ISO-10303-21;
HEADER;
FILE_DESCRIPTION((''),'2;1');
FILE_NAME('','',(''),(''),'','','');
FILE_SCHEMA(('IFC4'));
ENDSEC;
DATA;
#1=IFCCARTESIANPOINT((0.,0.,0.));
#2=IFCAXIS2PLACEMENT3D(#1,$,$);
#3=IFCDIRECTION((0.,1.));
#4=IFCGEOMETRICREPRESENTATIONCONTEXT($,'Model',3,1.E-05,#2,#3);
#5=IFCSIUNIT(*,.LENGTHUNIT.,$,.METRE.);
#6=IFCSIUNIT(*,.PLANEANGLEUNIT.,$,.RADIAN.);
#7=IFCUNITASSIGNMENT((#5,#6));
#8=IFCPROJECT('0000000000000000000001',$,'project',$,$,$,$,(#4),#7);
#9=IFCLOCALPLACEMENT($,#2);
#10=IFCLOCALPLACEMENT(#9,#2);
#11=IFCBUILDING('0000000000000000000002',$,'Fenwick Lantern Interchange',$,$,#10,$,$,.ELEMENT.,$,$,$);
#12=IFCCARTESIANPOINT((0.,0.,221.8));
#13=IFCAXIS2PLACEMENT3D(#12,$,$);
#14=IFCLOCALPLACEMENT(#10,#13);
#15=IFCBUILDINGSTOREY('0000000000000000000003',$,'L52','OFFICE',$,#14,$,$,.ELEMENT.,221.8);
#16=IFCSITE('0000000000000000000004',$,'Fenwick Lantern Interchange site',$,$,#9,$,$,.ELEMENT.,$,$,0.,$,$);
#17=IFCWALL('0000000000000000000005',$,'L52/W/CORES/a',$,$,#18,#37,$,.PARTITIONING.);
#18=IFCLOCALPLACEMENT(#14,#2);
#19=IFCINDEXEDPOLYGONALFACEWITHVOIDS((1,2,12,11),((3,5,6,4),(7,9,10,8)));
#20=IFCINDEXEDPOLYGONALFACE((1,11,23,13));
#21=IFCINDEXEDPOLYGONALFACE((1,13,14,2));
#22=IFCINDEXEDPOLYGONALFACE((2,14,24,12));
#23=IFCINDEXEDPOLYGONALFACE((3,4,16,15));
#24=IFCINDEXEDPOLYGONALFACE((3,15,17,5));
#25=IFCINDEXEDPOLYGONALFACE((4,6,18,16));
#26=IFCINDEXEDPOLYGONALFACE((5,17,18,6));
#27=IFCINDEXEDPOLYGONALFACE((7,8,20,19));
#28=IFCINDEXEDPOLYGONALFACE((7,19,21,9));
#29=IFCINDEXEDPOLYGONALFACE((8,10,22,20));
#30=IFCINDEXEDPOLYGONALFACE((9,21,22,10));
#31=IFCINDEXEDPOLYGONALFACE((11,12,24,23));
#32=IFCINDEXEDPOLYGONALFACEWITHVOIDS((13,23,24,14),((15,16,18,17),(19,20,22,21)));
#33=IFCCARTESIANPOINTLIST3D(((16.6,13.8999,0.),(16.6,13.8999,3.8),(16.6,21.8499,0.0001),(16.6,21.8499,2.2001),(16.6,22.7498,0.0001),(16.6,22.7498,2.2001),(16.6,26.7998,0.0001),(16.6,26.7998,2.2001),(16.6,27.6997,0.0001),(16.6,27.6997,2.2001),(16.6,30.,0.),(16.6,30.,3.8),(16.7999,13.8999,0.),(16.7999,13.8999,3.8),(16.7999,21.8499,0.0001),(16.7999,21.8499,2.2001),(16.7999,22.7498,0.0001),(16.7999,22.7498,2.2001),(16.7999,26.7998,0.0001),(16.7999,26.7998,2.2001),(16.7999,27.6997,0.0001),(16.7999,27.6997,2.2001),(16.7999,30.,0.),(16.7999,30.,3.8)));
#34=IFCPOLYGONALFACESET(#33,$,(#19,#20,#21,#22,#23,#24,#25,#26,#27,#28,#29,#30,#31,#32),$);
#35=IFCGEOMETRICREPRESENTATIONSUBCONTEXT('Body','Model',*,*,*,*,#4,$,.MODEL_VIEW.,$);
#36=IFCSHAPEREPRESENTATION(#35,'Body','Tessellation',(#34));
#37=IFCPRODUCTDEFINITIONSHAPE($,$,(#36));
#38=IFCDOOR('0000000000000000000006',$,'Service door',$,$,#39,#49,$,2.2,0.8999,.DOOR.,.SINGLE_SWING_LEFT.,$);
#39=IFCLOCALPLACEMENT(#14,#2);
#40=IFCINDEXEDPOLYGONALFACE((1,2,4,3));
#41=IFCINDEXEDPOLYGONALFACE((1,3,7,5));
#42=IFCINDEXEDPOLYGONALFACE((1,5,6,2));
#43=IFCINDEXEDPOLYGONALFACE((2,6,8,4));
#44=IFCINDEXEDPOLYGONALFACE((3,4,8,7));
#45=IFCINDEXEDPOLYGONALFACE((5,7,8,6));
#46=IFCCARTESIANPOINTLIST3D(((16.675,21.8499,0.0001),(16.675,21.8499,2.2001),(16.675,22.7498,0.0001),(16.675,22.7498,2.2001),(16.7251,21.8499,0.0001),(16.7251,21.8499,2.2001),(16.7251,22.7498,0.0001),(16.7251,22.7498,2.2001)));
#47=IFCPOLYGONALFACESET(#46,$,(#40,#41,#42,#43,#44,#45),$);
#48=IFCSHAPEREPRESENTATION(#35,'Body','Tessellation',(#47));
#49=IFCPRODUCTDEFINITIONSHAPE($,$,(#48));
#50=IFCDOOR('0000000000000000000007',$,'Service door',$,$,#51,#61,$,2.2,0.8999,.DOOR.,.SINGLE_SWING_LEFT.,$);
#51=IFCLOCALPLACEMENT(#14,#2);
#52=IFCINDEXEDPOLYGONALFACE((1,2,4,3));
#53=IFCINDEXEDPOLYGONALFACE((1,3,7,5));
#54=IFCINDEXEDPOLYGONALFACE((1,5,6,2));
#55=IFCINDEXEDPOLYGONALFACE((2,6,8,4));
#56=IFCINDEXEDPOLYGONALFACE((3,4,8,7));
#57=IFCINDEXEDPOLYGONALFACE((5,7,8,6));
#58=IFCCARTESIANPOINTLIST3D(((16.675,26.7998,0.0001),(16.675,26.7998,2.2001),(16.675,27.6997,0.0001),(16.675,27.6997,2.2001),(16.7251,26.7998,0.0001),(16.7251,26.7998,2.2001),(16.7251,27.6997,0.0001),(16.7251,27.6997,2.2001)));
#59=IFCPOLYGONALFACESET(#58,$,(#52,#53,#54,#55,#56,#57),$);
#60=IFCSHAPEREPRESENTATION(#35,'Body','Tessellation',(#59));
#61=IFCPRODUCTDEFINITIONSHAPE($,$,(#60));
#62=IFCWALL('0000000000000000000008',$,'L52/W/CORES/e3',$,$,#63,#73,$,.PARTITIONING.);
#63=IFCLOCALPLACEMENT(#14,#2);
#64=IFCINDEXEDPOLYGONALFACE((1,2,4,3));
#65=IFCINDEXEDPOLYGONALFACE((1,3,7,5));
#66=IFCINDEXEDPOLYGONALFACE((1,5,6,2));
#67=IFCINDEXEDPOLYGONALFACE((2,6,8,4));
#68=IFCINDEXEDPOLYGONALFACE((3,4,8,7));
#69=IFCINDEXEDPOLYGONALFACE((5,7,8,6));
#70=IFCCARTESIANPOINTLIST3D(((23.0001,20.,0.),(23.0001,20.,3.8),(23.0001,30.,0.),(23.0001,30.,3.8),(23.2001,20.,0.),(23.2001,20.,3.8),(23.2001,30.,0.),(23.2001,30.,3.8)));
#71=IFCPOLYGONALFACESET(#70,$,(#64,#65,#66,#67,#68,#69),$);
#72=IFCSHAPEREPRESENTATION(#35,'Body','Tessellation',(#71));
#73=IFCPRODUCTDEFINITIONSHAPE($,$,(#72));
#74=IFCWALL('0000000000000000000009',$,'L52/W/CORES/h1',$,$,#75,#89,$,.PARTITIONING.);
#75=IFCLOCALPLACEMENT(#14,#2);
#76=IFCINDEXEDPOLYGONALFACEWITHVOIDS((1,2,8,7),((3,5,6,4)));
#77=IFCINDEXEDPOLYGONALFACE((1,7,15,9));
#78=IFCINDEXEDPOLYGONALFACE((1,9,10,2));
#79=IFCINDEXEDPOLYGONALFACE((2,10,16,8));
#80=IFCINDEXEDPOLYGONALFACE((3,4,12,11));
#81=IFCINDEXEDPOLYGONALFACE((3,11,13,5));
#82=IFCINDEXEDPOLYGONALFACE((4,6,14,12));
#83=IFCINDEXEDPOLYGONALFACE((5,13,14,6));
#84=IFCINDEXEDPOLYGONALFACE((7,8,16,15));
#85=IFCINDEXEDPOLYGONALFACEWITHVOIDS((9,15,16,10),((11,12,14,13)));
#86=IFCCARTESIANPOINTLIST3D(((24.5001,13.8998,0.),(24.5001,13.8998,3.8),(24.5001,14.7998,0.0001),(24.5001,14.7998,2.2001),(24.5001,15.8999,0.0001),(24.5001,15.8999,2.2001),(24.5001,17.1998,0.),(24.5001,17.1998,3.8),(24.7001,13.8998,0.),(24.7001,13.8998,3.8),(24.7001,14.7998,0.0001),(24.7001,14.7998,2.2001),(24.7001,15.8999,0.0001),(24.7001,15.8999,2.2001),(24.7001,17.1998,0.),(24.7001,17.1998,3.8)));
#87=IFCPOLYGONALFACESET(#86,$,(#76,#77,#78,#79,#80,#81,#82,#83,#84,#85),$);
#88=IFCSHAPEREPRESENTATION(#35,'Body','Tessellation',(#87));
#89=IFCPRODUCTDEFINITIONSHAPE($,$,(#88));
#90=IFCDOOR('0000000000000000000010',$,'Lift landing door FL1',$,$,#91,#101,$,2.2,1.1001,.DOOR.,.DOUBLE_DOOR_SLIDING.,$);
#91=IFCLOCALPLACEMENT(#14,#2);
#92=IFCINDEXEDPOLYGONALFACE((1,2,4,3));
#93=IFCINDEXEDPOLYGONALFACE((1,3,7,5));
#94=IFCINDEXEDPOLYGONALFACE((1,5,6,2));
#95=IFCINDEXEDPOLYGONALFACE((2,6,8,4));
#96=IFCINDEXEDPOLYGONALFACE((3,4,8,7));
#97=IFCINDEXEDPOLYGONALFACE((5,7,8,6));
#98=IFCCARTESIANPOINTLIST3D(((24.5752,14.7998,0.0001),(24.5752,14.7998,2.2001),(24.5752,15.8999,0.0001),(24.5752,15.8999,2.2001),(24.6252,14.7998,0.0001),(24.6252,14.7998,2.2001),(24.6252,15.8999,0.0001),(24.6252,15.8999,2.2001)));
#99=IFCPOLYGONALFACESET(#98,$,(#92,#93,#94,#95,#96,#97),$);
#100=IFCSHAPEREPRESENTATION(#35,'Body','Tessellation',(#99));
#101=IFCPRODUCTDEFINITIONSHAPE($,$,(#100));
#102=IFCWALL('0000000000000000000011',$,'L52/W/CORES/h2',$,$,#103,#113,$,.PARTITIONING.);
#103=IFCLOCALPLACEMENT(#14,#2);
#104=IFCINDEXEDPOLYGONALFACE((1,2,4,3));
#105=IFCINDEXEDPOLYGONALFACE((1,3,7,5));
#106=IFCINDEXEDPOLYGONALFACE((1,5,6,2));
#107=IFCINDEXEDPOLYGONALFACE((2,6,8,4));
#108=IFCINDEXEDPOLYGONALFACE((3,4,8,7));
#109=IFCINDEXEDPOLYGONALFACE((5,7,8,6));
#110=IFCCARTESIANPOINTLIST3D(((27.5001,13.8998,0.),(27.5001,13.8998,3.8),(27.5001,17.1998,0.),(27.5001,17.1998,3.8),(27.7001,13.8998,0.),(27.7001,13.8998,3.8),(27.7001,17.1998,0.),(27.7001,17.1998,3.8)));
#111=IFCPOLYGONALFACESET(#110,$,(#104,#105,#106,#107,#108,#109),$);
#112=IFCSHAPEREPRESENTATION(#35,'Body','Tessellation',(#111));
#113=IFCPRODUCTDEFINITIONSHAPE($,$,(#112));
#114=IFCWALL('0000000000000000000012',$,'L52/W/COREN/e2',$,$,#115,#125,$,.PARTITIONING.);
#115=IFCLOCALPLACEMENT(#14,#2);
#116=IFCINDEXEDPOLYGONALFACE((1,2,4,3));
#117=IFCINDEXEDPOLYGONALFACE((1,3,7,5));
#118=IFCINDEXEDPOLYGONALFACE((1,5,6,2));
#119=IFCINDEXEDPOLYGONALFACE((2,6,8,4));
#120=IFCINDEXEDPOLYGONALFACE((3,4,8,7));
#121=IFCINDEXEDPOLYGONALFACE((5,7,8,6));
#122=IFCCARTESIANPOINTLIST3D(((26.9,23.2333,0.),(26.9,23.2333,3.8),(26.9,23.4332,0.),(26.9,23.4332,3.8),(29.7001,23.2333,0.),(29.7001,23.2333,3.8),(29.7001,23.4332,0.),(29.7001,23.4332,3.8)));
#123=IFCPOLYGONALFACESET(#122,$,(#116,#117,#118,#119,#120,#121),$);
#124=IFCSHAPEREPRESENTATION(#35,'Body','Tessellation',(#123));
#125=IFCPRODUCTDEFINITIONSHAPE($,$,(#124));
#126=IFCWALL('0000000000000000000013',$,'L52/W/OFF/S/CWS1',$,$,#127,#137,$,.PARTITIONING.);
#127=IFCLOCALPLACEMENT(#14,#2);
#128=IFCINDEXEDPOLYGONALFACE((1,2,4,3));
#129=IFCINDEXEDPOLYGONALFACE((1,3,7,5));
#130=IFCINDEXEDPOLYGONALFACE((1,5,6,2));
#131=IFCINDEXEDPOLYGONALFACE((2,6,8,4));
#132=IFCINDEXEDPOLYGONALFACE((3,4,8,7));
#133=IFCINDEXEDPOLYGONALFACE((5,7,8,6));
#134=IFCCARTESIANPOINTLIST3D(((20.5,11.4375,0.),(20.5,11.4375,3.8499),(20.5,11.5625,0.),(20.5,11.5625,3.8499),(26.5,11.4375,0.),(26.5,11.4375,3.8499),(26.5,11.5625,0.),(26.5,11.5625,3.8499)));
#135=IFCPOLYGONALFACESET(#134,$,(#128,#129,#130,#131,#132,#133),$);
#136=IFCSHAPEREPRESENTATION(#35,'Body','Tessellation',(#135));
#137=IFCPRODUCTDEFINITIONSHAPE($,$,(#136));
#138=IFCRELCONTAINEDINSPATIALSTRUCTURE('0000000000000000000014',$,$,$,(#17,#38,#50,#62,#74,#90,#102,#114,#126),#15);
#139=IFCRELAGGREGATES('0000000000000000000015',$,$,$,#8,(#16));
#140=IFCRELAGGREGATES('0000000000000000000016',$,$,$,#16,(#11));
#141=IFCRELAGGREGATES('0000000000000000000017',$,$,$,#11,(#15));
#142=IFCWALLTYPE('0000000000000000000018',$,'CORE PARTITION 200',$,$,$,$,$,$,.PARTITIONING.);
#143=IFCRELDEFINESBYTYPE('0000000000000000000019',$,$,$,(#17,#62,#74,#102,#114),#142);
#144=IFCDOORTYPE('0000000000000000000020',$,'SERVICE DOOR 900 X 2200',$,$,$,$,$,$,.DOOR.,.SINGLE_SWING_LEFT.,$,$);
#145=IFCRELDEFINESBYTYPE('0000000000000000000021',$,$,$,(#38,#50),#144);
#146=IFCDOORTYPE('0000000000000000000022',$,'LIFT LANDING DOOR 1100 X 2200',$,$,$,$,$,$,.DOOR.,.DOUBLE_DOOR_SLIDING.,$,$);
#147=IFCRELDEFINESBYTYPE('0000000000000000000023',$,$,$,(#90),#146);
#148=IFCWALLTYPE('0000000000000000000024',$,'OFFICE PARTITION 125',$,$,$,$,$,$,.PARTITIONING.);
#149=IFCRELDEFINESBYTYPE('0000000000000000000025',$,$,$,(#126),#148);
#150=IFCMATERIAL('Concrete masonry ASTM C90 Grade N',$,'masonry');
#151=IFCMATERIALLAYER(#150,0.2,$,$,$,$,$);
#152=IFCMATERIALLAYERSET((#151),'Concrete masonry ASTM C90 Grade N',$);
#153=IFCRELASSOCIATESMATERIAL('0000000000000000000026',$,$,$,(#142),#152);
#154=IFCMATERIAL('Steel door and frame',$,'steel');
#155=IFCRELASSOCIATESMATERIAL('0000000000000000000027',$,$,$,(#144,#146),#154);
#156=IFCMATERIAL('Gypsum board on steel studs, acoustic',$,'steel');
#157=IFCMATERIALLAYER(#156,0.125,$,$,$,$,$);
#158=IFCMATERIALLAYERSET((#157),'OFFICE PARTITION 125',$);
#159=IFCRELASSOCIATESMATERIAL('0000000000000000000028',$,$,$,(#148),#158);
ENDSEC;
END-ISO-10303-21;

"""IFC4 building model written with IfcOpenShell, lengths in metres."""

from ifc_helpers import new_model, si_unit, direction, frame, frame_2d, origin, place, context, subcontext, project, spatial, rectangle, extrude, material, layer, layer_set, type_object, element, fill, save


model = new_model("IFC4")

# Units and contexts
model_context = context("Model", 3, precision=1e-05, world=origin(), true_north=direction((0.0, 1.0)))
body_context = subcontext(model_context, "Body", "Model", "MODEL_VIEW")
ifc_project = project(units=[si_unit("LENGTHUNIT", "METRE"), si_unit("PLANEANGLEUNIT", "RADIAN")], contexts=[model_context])

# Site, building, storey
site_placement = place(None, origin())
site = spatial("IfcSite", under=ifc_project, at=site_placement, Name="Fenwick Lantern Interchange site", CompositionType="ELEMENT", RefElevation=0.0)
building_placement = place(site_placement, origin())
building = spatial("IfcBuilding", under=site, at=building_placement, Name="Fenwick Lantern Interchange", CompositionType="ELEMENT")
storey_placement = place(building_placement, frame((0.0, 0.0, 221.8)))
storey = spatial("IfcBuildingStorey", under=building, at=storey_placement, Name="L52", Description="OFFICE", CompositionType="ELEMENT", Elevation=221.8)

# Wall, openings, doors
ifc_material_1 = material(Name="Concrete masonry ASTM C90 Grade N", Category="masonry")
ifc_layer_1 = layer(ifc_material_1, 0.2)
ifc_layer_set_1 = layer_set([ifc_layer_1], Name="Concrete masonry ASTM C90 Grade N")
wall_type_1 = type_object("IfcWallType", Name="CORE PARTITION 200", PredefinedType="PARTITIONING", material=ifc_layer_set_1)
wall_1_placement = place(storey_placement, frame((16.7, 13.8999, 0.0), z_axis=(0.0, 0.0, 1.0), x_axis=(0.0, 1.0, 0.0)))
wall_1 = element("IfcWall", 1, at=wall_1_placement, inside=storey, type_object=wall_type_1, Name="L52/W/CORES/a", PredefinedType="PARTITIONING", context=body_context, shape_type="SweptSolid", body=[
    extrude(rectangle(XDim=16.1001, YDim=0.2, at=frame_2d((8.05, 0.0))), origin(), (0.0, 0.0, 1.0), 3.8),
])
opening_1_placement = place(wall_1_placement, frame((7.95, 0.0, 0.0)))
opening_1 = element("IfcOpeningElement", 2, at=opening_1_placement, cuts=wall_1, PredefinedType="OPENING", context=body_context, shape_type="SweptSolid", body=[
    extrude(rectangle(XDim=0.8999, YDim=2.2, at=frame_2d((0.45, 1.1001))), frame((0.0, 0.1099, 0.0), z_axis=(0.0, -1.0, 0.0), x_axis=(1.0, 0.0, 0.0)), (0.0, 0.0, 1.0), 0.22),
])
opening_2_placement = place(wall_1_placement, frame((12.8999, 0.0, 0.0)))
opening_2 = element("IfcOpeningElement", 3, at=opening_2_placement, cuts=wall_1, PredefinedType="OPENING", context=body_context, shape_type="SweptSolid", body=[
    extrude(rectangle(XDim=0.8999, YDim=2.2, at=frame_2d((0.45, 1.1001))), frame((0.0, 0.1099, 0.0), z_axis=(0.0, -1.0, 0.0), x_axis=(1.0, 0.0, 0.0)), (0.0, 0.0, 1.0), 0.22),
])
ifc_material_2 = material(Name="Steel door and frame", Category="steel")
door_type_1 = type_object("IfcDoorType", Name="SERVICE DOOR 900 X 2200", OperationType="SINGLE_SWING_LEFT", PredefinedType="DOOR", material=ifc_material_2)
door_1_placement = place(opening_1_placement, origin())
door_1 = element("IfcDoor", 4, at=door_1_placement, inside=storey, type_object=door_type_1, Name="Service door", OperationType="SINGLE_SWING_LEFT", OverallHeight=2.2, OverallWidth=0.8999, PredefinedType="DOOR", context=body_context, shape_type="SweptSolid", body=[
    extrude(rectangle(XDim=0.8999, YDim=2.2, at=frame_2d((0.45, 1.1001))), frame((0.0, 0.0249, 0.0), z_axis=(0.0, -1.0, 0.0), x_axis=(1.0, 0.0, 0.0)), (0.0, 0.0, 1.0), 0.05),
])
fill(opening_1, door_1)
door_2_placement = place(opening_2_placement, origin())
door_2 = element("IfcDoor", 5, at=door_2_placement, inside=storey, type_object=door_type_1, Name="Service door", OperationType="SINGLE_SWING_LEFT", OverallHeight=2.2, OverallWidth=0.8999, PredefinedType="DOOR", context=body_context, shape_type="SweptSolid", body=[
    extrude(rectangle(XDim=0.8999, YDim=2.2, at=frame_2d((0.45, 1.1001))), frame((0.0, 0.0249, 0.0), z_axis=(0.0, -1.0, 0.0), x_axis=(1.0, 0.0, 0.0)), (0.0, 0.0, 1.0), 0.05),
])
fill(opening_2, door_2)

# Wall
wall_2_placement = place(storey_placement, frame((23.1001, 20.0, 0.0), z_axis=(0.0, 0.0, 1.0), x_axis=(0.0, 1.0, 0.0)))
element("IfcWall", 6, at=wall_2_placement, inside=storey, type_object=wall_type_1, Name="L52/W/CORES/e3", PredefinedType="PARTITIONING", context=body_context, shape_type="SweptSolid", body=[
    extrude(rectangle(XDim=10.0, YDim=0.2, at=frame_2d((5.0, 0.0))), origin(), (0.0, 0.0, 1.0), 3.8),
])

# Wall, opening, door
wall_3_placement = place(storey_placement, frame((24.6001, 13.8999, 0.0), z_axis=(0.0, 0.0, 1.0), x_axis=(0.0, 1.0, 0.0)))
wall_3 = element("IfcWall", 7, at=wall_3_placement, inside=storey, type_object=wall_type_1, Name="L52/W/CORES/h1", PredefinedType="PARTITIONING", context=body_context, shape_type="SweptSolid", body=[
    extrude(rectangle(XDim=3.3, YDim=0.2, at=frame_2d((1.6499, 0.0))), origin(), (0.0, 0.0, 1.0), 3.8),
])
opening_3_placement = place(wall_3_placement, frame((0.8999, 0.0, 0.0)))
opening_3 = element("IfcOpeningElement", 8, at=opening_3_placement, cuts=wall_3, PredefinedType="OPENING", context=body_context, shape_type="SweptSolid", body=[
    extrude(rectangle(XDim=1.1001, YDim=2.2, at=frame_2d((0.55, 1.1001))), frame((0.0, 0.1099, 0.0), z_axis=(0.0, -1.0, 0.0), x_axis=(1.0, 0.0, 0.0)), (0.0, 0.0, 1.0), 0.22),
])
door_type_2 = type_object("IfcDoorType", Name="LIFT LANDING DOOR 1100 X 2200", OperationType="DOUBLE_DOOR_SLIDING", PredefinedType="DOOR", material=ifc_material_2)
door_3_placement = place(opening_3_placement, origin())
door_3 = element("IfcDoor", 9, at=door_3_placement, inside=storey, type_object=door_type_2, Name="Lift landing door FL1", OperationType="DOUBLE_DOOR_SLIDING", OverallHeight=2.2, OverallWidth=1.1001, PredefinedType="DOOR", context=body_context, shape_type="SweptSolid", body=[
    extrude(rectangle(XDim=1.1001, YDim=2.2, at=frame_2d((0.55, 1.1001))), frame((0.0, 0.0249, 0.0), z_axis=(0.0, -1.0, 0.0), x_axis=(1.0, 0.0, 0.0)), (0.0, 0.0, 1.0), 0.05),
])
fill(opening_3, door_3)

# Walls
wall_4_placement = place(storey_placement, frame((27.6001, 13.8999, 0.0), z_axis=(0.0, 0.0, 1.0), x_axis=(0.0, 1.0, 0.0)))
element("IfcWall", 10, at=wall_4_placement, inside=storey, type_object=wall_type_1, Name="L52/W/CORES/h2", PredefinedType="PARTITIONING", context=body_context, shape_type="SweptSolid", body=[
    extrude(rectangle(XDim=3.3, YDim=0.2, at=frame_2d((1.6499, 0.0))), origin(), (0.0, 0.0, 1.0), 3.8),
])
wall_5_placement = place(storey_placement, frame((29.7, 23.3333, 0.0), z_axis=(0.0, 0.0, 1.0), x_axis=(-1.0, 0.0, 0.0)))
element("IfcWall", 11, at=wall_5_placement, inside=storey, type_object=wall_type_1, Name="L52/W/COREN/e2", PredefinedType="PARTITIONING", context=body_context, shape_type="SweptSolid", body=[
    extrude(rectangle(XDim=2.8, YDim=0.2, at=frame_2d((1.3999, 0.0))), origin(), (0.0, 0.0, 1.0), 3.8),
])
ifc_material_3 = material(Name="Gypsum board on steel studs, acoustic", Category="steel")
ifc_layer_2 = layer(ifc_material_3, 0.125)
ifc_layer_set_2 = layer_set([ifc_layer_2], Name="OFFICE PARTITION 125")
wall_type_2 = type_object("IfcWallType", Name="OFFICE PARTITION 125", PredefinedType="PARTITIONING", material=ifc_layer_set_2)
wall_6_placement = place(storey_placement, frame((20.5, 11.5, 0.0), z_axis=(0.0, 0.0, 1.0), x_axis=(1.0, 0.0, 0.0)))
element("IfcWall", 12, at=wall_6_placement, inside=storey, type_object=wall_type_2, Name="L52/W/OFF/S/CWS1", PredefinedType="PARTITIONING", context=body_context, shape_type="SweptSolid", body=[
    extrude(rectangle(XDim=6.0, YDim=0.125, at=frame_2d((3.0, 0.0))), origin(), (0.0, 0.0, 1.0), 3.8499),
])

save(model, "model.ifc")
